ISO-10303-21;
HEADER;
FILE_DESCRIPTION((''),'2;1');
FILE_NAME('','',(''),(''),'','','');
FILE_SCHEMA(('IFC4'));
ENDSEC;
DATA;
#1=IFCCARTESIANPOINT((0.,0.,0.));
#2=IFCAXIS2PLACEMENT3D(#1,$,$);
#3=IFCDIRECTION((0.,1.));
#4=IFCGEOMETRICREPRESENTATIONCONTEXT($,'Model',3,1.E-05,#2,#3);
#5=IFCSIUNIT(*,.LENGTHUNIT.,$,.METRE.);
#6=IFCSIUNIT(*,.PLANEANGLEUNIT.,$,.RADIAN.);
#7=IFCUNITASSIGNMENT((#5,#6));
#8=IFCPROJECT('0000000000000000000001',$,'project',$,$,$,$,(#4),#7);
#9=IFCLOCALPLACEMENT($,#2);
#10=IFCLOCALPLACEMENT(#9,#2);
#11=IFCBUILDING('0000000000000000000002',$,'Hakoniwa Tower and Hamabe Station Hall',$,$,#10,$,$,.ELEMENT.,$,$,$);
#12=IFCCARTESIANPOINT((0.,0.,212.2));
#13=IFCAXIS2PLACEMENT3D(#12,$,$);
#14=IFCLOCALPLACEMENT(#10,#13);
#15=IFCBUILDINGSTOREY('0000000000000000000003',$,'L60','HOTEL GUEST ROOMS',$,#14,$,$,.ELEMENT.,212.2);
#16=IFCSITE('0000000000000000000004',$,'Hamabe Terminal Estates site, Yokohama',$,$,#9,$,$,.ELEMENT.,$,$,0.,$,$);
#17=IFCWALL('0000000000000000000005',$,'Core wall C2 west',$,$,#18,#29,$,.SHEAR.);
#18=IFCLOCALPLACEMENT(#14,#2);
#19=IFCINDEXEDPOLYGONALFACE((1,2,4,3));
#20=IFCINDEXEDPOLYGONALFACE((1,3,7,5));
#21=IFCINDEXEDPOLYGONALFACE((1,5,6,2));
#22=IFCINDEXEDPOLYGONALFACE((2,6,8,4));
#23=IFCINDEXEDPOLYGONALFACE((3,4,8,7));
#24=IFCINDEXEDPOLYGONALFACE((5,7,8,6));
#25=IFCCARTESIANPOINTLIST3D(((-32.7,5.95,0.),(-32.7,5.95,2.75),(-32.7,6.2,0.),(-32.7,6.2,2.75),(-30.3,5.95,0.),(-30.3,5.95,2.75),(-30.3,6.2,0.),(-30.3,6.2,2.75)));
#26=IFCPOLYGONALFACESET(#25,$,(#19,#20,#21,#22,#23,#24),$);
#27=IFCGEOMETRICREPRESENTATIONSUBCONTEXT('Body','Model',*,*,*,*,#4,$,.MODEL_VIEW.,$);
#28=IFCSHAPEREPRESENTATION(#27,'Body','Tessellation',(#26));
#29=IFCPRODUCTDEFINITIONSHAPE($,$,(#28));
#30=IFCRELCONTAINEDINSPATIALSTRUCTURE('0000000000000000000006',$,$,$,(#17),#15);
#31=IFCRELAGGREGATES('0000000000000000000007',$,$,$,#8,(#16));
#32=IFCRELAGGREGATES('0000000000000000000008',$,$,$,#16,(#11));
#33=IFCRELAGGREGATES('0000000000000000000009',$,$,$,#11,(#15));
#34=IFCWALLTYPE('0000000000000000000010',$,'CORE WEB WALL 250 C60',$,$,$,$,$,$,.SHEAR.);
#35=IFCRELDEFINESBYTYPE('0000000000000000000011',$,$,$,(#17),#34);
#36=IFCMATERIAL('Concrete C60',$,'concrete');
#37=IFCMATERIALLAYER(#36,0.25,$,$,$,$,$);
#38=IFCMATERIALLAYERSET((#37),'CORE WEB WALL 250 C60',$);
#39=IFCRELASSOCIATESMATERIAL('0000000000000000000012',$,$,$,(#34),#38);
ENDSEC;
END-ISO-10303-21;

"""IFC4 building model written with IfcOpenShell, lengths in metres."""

from ifc_helpers import new_model, si_unit, direction, frame, frame_2d, origin, place, context, subcontext, project, spatial, rectangle, extrude, material, layer, layer_set, type_object, element, save


model = new_model("IFC4")

# Units and contexts
model_context = context("Model", 3, precision=1e-05, world=origin(), true_north=direction((0.0, 1.0)))
body_context = subcontext(model_context, "Body", "Model", "MODEL_VIEW")
ifc_project = project(units=[si_unit("LENGTHUNIT", "METRE"), si_unit("PLANEANGLEUNIT", "RADIAN")], contexts=[model_context])

# Site, building, storey
site_placement = place(None, origin())
site = spatial("IfcSite", under=ifc_project, at=site_placement, Name="Hamabe Terminal Estates site, Yokohama", CompositionType="ELEMENT", RefElevation=0.0)
building_placement = place(site_placement, origin())
building = spatial("IfcBuilding", under=site, at=building_placement, Name="Hakoniwa Tower and Hamabe Station Hall", CompositionType="ELEMENT")
storey_placement = place(building_placement, frame((0.0, 0.0, 212.2)))
storey = spatial("IfcBuildingStorey", under=building, at=storey_placement, Name="L60", Description="HOTEL GUEST ROOMS", CompositionType="ELEMENT", Elevation=212.2)

# Shared definitions
ifc_material_1 = material(Name="Concrete C60", Category="concrete")
ifc_layer_1 = layer(ifc_material_1, 0.25)
ifc_layer_set_1 = layer_set([ifc_layer_1], Name="CORE WEB WALL 250 C60")
wall_type_1 = type_object("IfcWallType", Name="CORE WEB WALL 250 C60", PredefinedType="SHEAR", material=ifc_layer_set_1)

# Wall
wall_1_placement = place(storey_placement, frame((-32.7, 6.075, 0.0), z_axis=(0.0, 0.0, 1.0), x_axis=(1.0, 0.0, 0.0)))
element("IfcWall", 1, at=wall_1_placement, inside=storey, type_object=wall_type_1, Name="Core wall C2 west", PredefinedType="SHEAR", context=body_context, shape_type="SweptSolid", body=[
    extrude(rectangle(XDim=2.3999, YDim=0.25, at=frame_2d((1.2, 0.0))), origin(), (0.0, 0.0, 1.0), 2.75),
])

save(model, "model.ifc")
